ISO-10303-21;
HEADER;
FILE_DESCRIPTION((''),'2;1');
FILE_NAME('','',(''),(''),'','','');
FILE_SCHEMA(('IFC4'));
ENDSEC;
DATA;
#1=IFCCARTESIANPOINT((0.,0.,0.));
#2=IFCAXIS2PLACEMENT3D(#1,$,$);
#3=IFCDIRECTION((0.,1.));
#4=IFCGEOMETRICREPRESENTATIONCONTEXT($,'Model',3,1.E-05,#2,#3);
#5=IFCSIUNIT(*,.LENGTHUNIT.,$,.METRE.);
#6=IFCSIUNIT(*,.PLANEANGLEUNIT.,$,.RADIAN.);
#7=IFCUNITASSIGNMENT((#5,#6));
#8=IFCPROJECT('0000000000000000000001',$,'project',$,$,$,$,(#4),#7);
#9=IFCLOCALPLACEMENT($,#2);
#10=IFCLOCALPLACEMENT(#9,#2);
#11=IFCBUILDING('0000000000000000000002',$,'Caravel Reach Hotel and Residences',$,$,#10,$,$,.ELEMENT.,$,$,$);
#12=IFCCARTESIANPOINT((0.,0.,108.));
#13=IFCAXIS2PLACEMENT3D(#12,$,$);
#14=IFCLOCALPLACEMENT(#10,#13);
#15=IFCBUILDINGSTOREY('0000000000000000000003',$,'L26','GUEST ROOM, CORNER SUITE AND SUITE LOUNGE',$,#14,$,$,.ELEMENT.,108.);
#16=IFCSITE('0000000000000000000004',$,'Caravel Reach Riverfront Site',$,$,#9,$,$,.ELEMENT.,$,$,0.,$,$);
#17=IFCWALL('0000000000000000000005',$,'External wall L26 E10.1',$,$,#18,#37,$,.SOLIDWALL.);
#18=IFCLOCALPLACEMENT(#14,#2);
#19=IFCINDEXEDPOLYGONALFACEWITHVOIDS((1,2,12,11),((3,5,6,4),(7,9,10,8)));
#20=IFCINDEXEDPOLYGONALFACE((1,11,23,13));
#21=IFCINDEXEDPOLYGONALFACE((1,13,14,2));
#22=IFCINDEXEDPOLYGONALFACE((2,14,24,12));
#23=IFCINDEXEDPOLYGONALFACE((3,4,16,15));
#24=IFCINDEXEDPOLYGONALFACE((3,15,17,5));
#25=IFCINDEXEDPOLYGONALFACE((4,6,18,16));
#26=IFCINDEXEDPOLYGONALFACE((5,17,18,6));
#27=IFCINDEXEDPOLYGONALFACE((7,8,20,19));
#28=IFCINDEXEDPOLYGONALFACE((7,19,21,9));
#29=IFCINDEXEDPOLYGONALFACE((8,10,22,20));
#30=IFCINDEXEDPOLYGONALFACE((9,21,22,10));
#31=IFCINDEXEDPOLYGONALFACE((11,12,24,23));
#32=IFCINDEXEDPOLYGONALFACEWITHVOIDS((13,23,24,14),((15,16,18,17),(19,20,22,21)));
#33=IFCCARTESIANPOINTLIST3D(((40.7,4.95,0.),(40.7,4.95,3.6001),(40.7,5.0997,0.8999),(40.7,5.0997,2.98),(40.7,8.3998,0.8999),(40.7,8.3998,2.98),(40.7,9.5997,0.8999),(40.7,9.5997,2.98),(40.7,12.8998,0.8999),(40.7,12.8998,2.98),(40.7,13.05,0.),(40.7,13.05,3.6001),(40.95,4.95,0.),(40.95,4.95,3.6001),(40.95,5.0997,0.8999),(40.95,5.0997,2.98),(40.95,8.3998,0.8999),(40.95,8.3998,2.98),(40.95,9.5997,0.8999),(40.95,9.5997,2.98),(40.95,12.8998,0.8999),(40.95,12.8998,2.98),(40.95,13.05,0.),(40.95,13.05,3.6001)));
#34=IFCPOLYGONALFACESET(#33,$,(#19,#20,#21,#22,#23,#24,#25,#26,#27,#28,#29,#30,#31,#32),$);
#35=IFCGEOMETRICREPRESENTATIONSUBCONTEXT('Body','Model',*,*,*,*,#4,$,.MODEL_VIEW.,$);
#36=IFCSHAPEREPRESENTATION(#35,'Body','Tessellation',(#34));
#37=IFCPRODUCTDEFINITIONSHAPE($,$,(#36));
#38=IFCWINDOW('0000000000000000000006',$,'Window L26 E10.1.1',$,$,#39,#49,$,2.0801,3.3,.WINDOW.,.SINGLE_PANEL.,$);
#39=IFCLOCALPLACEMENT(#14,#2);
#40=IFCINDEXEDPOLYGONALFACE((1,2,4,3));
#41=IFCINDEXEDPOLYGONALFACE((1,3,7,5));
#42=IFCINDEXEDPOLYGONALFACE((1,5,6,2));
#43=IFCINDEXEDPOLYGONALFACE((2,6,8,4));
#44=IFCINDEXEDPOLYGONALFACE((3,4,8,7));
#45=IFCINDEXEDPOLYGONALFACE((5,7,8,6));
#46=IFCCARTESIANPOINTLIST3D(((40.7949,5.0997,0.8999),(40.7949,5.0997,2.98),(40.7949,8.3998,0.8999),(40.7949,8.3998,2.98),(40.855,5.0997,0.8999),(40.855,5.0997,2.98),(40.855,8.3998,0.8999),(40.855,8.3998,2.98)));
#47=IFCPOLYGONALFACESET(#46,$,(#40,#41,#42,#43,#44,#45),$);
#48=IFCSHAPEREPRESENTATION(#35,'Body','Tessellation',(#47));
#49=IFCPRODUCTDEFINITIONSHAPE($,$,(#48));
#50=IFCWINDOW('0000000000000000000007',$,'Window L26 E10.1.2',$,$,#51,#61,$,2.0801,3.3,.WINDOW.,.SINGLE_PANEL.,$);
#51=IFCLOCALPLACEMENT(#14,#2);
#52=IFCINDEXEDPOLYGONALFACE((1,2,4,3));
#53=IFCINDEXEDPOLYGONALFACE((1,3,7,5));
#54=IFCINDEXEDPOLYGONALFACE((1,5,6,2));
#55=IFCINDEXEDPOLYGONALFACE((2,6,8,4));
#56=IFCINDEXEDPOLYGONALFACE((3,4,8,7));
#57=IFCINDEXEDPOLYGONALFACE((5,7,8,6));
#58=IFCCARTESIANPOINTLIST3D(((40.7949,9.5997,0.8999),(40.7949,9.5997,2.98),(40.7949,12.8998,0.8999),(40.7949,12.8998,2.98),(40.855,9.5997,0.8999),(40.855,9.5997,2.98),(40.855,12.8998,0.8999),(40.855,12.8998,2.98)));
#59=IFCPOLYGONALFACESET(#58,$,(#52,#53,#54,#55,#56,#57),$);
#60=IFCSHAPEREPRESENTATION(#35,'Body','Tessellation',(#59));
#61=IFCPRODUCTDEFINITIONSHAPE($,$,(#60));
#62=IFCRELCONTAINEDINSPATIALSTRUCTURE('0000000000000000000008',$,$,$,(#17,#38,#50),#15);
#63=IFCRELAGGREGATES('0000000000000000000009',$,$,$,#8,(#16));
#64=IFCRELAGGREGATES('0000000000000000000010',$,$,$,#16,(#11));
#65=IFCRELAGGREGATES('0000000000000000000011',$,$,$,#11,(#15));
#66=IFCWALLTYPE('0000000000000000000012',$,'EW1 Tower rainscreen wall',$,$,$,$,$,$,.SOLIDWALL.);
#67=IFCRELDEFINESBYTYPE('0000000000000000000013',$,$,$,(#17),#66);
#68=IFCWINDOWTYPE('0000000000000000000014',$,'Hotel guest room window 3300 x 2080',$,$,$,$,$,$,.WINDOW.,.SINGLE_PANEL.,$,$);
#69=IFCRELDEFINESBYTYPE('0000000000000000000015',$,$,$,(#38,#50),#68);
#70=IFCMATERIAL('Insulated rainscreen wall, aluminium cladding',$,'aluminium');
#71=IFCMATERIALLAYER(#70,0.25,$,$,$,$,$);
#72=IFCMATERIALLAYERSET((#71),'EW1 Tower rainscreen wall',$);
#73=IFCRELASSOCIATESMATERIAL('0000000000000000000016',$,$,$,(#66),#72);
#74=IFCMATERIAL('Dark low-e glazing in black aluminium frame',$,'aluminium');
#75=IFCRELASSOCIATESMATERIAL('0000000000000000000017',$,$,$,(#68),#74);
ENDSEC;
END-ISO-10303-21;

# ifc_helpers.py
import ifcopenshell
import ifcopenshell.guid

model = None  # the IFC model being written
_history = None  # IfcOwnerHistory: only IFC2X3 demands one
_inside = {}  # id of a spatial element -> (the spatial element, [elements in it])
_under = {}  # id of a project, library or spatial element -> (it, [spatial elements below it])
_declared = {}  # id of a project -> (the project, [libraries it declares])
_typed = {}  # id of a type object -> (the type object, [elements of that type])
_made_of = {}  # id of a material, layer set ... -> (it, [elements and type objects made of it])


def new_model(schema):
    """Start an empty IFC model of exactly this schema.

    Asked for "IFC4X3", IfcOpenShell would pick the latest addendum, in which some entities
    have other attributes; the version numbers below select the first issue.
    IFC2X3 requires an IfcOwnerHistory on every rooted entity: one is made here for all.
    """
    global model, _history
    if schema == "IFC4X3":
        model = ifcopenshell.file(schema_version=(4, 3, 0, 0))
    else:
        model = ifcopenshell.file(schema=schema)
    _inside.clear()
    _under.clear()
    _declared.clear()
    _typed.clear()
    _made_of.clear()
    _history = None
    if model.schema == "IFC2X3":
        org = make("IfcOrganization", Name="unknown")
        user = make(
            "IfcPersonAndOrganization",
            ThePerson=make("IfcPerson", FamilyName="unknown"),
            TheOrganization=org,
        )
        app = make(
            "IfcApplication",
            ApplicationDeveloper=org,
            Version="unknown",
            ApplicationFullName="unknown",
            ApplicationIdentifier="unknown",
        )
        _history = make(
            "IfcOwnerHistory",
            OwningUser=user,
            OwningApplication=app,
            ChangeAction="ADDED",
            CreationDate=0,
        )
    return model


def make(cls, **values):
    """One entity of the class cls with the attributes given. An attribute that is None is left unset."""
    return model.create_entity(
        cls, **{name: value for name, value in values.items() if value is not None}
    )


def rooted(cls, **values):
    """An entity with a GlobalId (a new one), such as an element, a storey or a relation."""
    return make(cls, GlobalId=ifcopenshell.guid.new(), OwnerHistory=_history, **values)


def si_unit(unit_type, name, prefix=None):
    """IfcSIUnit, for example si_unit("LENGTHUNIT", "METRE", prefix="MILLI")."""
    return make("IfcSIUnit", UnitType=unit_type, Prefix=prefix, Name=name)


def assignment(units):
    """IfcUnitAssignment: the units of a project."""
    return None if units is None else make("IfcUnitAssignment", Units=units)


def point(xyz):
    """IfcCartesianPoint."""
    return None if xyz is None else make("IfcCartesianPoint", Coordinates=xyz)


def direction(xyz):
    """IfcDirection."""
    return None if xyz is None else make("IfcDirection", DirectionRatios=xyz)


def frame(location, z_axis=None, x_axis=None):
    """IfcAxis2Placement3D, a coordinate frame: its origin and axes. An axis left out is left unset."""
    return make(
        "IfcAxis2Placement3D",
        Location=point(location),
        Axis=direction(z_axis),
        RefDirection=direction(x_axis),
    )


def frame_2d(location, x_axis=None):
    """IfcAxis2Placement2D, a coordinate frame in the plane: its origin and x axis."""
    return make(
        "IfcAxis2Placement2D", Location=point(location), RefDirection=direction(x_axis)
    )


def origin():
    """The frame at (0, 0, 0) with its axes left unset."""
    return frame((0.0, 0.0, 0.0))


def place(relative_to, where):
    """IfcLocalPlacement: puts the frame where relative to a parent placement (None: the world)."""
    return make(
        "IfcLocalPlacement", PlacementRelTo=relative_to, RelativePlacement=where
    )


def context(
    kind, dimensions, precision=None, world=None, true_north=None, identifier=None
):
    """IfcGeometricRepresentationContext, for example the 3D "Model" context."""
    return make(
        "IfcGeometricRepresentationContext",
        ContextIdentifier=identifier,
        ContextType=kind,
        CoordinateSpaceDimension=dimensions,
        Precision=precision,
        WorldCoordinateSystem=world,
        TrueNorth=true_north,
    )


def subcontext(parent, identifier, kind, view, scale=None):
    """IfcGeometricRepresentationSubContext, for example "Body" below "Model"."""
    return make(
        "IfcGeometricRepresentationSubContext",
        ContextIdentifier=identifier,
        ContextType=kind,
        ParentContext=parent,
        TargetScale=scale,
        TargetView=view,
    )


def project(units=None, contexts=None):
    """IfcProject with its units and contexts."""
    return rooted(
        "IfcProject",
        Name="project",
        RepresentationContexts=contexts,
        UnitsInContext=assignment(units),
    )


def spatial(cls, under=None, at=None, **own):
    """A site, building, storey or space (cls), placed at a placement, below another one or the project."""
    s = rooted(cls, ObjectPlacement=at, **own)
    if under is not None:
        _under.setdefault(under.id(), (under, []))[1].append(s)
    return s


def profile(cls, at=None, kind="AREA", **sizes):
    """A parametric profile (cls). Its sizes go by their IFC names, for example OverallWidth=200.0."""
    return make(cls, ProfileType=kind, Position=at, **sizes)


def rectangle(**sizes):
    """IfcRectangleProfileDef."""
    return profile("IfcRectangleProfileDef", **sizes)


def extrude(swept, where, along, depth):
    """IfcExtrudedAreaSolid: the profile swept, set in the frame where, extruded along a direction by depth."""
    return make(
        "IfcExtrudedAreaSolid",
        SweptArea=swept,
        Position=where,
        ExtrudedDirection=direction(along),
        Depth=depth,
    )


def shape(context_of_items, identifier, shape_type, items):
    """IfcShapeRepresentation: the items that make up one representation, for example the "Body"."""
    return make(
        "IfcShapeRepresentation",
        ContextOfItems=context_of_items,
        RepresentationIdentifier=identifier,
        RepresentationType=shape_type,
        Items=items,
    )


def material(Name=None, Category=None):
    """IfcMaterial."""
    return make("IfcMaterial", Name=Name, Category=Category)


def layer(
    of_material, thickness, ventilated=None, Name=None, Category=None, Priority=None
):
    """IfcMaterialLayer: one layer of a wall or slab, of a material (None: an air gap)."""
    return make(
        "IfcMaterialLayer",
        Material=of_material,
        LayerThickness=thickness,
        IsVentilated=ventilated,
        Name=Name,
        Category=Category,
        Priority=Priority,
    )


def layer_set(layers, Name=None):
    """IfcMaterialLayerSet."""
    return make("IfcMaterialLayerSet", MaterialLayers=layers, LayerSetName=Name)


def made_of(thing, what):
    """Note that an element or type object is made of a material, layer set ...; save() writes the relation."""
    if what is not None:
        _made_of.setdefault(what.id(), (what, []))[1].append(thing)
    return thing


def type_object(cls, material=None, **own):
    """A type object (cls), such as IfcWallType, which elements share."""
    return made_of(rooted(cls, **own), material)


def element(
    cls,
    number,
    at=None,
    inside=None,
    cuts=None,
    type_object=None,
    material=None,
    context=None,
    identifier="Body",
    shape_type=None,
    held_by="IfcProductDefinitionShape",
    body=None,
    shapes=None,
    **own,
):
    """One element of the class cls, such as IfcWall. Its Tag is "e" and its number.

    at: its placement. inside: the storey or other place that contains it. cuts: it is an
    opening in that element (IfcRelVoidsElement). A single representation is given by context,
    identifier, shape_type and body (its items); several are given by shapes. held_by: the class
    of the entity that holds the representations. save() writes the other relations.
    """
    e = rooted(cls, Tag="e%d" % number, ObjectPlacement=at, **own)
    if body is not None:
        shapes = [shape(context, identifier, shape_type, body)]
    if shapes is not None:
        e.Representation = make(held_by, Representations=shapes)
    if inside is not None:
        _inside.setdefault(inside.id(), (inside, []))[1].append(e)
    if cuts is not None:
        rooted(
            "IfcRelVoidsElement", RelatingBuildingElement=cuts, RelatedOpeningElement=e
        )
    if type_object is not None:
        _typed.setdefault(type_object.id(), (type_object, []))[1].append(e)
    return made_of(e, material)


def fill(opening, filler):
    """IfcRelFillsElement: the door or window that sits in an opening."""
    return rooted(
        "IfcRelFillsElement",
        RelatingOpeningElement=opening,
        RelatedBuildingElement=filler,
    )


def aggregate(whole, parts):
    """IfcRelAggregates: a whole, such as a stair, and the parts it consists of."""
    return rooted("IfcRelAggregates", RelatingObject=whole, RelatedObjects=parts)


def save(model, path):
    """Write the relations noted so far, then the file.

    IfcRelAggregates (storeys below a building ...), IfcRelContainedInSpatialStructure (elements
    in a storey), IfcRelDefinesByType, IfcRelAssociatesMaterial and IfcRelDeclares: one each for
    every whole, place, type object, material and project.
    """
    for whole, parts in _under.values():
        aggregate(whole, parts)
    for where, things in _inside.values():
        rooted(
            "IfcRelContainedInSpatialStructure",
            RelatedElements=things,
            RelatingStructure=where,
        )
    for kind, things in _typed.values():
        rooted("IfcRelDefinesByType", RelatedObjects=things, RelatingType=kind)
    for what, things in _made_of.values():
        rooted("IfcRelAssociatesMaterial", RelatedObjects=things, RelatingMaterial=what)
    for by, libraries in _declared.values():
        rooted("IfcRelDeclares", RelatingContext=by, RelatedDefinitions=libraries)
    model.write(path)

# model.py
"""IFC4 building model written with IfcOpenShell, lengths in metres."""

from ifc_helpers import new_model, si_unit, direction, frame, frame_2d, origin, place, context, subcontext, project, spatial, rectangle, extrude, material, layer, layer_set, type_object, element, fill, save


model = new_model("IFC4")

# Units and contexts
model_context = context("Model", 3, precision=1e-05, world=origin(), true_north=direction((0.0, 1.0)))
body_context = subcontext(model_context, "Body", "Model", "MODEL_VIEW")
ifc_project = project(units=[si_unit("LENGTHUNIT", "METRE"), si_unit("PLANEANGLEUNIT", "RADIAN")], contexts=[model_context])

# Site, building, storey
site_placement = place(None, origin())
site = spatial("IfcSite", under=ifc_project, at=site_placement, Name="Caravel Reach Riverfront Site", CompositionType="ELEMENT", RefElevation=0.0)
building_placement = place(site_placement, origin())
building = spatial("IfcBuilding", under=site, at=building_placement, Name="Caravel Reach Hotel and Residences", CompositionType="ELEMENT")
storey_placement = place(building_placement, frame((0.0, 0.0, 108.0)))
storey = spatial("IfcBuildingStorey", under=building, at=storey_placement, Name="L26", Description="GUEST ROOM, CORNER SUITE AND SUITE LOUNGE", CompositionType="ELEMENT", Elevation=108.0)

# Shared definitions
ifc_material_1 = material(Name="Insulated rainscreen wall, aluminium cladding", Category="aluminium")
ifc_layer = layer(ifc_material_1, 0.25)
ifc_layer_set = layer_set([ifc_layer], Name="EW1 Tower rainscreen wall")
wall_type = type_object("IfcWallType", Name="EW1 Tower rainscreen wall", PredefinedType="SOLIDWALL", material=ifc_layer_set)

# Wall, openings, windows
wall_1_placement = place(storey_placement, frame((40.825, 4.95, 0.0), z_axis=(0.0, 0.0, 1.0), x_axis=(0.0, 1.0, 0.0)))
wall_1 = element("IfcWall", 1, at=wall_1_placement, inside=storey, type_object=wall_type, Name="External wall L26 E10.1", PredefinedType="SOLIDWALL", context=body_context, shape_type="SweptSolid", body=[
    extrude(rectangle(XDim=8.1001, YDim=0.25, at=frame_2d((4.05, 0.0))), origin(), (0.0, 0.0, 1.0), 3.6001),
])
opening_1_placement = place(wall_1_placement, frame((0.1499, 0.0, 0.8999)))
opening_1 = element("IfcOpeningElement", 2, at=opening_1_placement, cuts=wall_1, PredefinedType="OPENING", context=body_context, shape_type="SweptSolid", body=[
    extrude(rectangle(XDim=3.3, YDim=2.0801, at=frame_2d((1.6499, 1.04))), frame((0.0, 0.135, 0.0), z_axis=(0.0, -1.0, 0.0), x_axis=(1.0, 0.0, 0.0)), (0.0, 0.0, 1.0), 0.27),
])
opening_2_placement = place(wall_1_placement, frame((4.6499, 0.0, 0.8999)))
opening_2 = element("IfcOpeningElement", 3, at=opening_2_placement, cuts=wall_1, PredefinedType="OPENING", context=body_context, shape_type="SweptSolid", body=[
    extrude(rectangle(XDim=3.3, YDim=2.0801, at=frame_2d((1.6499, 1.04))), frame((0.0, 0.135, 0.0), z_axis=(0.0, -1.0, 0.0), x_axis=(1.0, 0.0, 0.0)), (0.0, 0.0, 1.0), 0.27),
])
ifc_material_2 = material(Name="Dark low-e glazing in black aluminium frame", Category="aluminium")
window_type_1 = type_object("IfcWindowType", Name="Hotel guest room window 3300 x 2080", PartitioningType="SINGLE_PANEL", PredefinedType="WINDOW", material=ifc_material_2)
window_1_placement = place(opening_1_placement, origin())
window_1 = element("IfcWindow", 4, at=window_1_placement, inside=storey, type_object=window_type_1, Name="Window L26 E10.1.1", OverallHeight=2.0801, OverallWidth=3.3, PartitioningType="SINGLE_PANEL", PredefinedType="WINDOW", context=body_context, shape_type="SweptSolid", body=[
    extrude(rectangle(XDim=3.3, YDim=2.0801, at=frame_2d((1.6499, 1.04))), frame((0.0, 0.03, 0.0), z_axis=(0.0, -1.0, 0.0), x_axis=(1.0, 0.0, 0.0)), (0.0, 0.0, 1.0), 0.0601),
])
fill(opening_1, window_1)
window_2_placement = place(opening_2_placement, origin())
window_2 = element("IfcWindow", 5, at=window_2_placement, inside=storey, type_object=window_type_1, Name="Window L26 E10.1.2", OverallHeight=2.0801, OverallWidth=3.3, PartitioningType="SINGLE_PANEL", PredefinedType="WINDOW", context=body_context, shape_type="SweptSolid", body=[
    extrude(rectangle(XDim=3.3, YDim=2.0801, at=frame_2d((1.6499, 1.04))), frame((0.0, 0.03, 0.0), z_axis=(0.0, -1.0, 0.0), x_axis=(1.0, 0.0, 0.0)), (0.0, 0.0, 1.0), 0.0601),
])
fill(opening_2, window_2)

save(model, "model.ifc")
